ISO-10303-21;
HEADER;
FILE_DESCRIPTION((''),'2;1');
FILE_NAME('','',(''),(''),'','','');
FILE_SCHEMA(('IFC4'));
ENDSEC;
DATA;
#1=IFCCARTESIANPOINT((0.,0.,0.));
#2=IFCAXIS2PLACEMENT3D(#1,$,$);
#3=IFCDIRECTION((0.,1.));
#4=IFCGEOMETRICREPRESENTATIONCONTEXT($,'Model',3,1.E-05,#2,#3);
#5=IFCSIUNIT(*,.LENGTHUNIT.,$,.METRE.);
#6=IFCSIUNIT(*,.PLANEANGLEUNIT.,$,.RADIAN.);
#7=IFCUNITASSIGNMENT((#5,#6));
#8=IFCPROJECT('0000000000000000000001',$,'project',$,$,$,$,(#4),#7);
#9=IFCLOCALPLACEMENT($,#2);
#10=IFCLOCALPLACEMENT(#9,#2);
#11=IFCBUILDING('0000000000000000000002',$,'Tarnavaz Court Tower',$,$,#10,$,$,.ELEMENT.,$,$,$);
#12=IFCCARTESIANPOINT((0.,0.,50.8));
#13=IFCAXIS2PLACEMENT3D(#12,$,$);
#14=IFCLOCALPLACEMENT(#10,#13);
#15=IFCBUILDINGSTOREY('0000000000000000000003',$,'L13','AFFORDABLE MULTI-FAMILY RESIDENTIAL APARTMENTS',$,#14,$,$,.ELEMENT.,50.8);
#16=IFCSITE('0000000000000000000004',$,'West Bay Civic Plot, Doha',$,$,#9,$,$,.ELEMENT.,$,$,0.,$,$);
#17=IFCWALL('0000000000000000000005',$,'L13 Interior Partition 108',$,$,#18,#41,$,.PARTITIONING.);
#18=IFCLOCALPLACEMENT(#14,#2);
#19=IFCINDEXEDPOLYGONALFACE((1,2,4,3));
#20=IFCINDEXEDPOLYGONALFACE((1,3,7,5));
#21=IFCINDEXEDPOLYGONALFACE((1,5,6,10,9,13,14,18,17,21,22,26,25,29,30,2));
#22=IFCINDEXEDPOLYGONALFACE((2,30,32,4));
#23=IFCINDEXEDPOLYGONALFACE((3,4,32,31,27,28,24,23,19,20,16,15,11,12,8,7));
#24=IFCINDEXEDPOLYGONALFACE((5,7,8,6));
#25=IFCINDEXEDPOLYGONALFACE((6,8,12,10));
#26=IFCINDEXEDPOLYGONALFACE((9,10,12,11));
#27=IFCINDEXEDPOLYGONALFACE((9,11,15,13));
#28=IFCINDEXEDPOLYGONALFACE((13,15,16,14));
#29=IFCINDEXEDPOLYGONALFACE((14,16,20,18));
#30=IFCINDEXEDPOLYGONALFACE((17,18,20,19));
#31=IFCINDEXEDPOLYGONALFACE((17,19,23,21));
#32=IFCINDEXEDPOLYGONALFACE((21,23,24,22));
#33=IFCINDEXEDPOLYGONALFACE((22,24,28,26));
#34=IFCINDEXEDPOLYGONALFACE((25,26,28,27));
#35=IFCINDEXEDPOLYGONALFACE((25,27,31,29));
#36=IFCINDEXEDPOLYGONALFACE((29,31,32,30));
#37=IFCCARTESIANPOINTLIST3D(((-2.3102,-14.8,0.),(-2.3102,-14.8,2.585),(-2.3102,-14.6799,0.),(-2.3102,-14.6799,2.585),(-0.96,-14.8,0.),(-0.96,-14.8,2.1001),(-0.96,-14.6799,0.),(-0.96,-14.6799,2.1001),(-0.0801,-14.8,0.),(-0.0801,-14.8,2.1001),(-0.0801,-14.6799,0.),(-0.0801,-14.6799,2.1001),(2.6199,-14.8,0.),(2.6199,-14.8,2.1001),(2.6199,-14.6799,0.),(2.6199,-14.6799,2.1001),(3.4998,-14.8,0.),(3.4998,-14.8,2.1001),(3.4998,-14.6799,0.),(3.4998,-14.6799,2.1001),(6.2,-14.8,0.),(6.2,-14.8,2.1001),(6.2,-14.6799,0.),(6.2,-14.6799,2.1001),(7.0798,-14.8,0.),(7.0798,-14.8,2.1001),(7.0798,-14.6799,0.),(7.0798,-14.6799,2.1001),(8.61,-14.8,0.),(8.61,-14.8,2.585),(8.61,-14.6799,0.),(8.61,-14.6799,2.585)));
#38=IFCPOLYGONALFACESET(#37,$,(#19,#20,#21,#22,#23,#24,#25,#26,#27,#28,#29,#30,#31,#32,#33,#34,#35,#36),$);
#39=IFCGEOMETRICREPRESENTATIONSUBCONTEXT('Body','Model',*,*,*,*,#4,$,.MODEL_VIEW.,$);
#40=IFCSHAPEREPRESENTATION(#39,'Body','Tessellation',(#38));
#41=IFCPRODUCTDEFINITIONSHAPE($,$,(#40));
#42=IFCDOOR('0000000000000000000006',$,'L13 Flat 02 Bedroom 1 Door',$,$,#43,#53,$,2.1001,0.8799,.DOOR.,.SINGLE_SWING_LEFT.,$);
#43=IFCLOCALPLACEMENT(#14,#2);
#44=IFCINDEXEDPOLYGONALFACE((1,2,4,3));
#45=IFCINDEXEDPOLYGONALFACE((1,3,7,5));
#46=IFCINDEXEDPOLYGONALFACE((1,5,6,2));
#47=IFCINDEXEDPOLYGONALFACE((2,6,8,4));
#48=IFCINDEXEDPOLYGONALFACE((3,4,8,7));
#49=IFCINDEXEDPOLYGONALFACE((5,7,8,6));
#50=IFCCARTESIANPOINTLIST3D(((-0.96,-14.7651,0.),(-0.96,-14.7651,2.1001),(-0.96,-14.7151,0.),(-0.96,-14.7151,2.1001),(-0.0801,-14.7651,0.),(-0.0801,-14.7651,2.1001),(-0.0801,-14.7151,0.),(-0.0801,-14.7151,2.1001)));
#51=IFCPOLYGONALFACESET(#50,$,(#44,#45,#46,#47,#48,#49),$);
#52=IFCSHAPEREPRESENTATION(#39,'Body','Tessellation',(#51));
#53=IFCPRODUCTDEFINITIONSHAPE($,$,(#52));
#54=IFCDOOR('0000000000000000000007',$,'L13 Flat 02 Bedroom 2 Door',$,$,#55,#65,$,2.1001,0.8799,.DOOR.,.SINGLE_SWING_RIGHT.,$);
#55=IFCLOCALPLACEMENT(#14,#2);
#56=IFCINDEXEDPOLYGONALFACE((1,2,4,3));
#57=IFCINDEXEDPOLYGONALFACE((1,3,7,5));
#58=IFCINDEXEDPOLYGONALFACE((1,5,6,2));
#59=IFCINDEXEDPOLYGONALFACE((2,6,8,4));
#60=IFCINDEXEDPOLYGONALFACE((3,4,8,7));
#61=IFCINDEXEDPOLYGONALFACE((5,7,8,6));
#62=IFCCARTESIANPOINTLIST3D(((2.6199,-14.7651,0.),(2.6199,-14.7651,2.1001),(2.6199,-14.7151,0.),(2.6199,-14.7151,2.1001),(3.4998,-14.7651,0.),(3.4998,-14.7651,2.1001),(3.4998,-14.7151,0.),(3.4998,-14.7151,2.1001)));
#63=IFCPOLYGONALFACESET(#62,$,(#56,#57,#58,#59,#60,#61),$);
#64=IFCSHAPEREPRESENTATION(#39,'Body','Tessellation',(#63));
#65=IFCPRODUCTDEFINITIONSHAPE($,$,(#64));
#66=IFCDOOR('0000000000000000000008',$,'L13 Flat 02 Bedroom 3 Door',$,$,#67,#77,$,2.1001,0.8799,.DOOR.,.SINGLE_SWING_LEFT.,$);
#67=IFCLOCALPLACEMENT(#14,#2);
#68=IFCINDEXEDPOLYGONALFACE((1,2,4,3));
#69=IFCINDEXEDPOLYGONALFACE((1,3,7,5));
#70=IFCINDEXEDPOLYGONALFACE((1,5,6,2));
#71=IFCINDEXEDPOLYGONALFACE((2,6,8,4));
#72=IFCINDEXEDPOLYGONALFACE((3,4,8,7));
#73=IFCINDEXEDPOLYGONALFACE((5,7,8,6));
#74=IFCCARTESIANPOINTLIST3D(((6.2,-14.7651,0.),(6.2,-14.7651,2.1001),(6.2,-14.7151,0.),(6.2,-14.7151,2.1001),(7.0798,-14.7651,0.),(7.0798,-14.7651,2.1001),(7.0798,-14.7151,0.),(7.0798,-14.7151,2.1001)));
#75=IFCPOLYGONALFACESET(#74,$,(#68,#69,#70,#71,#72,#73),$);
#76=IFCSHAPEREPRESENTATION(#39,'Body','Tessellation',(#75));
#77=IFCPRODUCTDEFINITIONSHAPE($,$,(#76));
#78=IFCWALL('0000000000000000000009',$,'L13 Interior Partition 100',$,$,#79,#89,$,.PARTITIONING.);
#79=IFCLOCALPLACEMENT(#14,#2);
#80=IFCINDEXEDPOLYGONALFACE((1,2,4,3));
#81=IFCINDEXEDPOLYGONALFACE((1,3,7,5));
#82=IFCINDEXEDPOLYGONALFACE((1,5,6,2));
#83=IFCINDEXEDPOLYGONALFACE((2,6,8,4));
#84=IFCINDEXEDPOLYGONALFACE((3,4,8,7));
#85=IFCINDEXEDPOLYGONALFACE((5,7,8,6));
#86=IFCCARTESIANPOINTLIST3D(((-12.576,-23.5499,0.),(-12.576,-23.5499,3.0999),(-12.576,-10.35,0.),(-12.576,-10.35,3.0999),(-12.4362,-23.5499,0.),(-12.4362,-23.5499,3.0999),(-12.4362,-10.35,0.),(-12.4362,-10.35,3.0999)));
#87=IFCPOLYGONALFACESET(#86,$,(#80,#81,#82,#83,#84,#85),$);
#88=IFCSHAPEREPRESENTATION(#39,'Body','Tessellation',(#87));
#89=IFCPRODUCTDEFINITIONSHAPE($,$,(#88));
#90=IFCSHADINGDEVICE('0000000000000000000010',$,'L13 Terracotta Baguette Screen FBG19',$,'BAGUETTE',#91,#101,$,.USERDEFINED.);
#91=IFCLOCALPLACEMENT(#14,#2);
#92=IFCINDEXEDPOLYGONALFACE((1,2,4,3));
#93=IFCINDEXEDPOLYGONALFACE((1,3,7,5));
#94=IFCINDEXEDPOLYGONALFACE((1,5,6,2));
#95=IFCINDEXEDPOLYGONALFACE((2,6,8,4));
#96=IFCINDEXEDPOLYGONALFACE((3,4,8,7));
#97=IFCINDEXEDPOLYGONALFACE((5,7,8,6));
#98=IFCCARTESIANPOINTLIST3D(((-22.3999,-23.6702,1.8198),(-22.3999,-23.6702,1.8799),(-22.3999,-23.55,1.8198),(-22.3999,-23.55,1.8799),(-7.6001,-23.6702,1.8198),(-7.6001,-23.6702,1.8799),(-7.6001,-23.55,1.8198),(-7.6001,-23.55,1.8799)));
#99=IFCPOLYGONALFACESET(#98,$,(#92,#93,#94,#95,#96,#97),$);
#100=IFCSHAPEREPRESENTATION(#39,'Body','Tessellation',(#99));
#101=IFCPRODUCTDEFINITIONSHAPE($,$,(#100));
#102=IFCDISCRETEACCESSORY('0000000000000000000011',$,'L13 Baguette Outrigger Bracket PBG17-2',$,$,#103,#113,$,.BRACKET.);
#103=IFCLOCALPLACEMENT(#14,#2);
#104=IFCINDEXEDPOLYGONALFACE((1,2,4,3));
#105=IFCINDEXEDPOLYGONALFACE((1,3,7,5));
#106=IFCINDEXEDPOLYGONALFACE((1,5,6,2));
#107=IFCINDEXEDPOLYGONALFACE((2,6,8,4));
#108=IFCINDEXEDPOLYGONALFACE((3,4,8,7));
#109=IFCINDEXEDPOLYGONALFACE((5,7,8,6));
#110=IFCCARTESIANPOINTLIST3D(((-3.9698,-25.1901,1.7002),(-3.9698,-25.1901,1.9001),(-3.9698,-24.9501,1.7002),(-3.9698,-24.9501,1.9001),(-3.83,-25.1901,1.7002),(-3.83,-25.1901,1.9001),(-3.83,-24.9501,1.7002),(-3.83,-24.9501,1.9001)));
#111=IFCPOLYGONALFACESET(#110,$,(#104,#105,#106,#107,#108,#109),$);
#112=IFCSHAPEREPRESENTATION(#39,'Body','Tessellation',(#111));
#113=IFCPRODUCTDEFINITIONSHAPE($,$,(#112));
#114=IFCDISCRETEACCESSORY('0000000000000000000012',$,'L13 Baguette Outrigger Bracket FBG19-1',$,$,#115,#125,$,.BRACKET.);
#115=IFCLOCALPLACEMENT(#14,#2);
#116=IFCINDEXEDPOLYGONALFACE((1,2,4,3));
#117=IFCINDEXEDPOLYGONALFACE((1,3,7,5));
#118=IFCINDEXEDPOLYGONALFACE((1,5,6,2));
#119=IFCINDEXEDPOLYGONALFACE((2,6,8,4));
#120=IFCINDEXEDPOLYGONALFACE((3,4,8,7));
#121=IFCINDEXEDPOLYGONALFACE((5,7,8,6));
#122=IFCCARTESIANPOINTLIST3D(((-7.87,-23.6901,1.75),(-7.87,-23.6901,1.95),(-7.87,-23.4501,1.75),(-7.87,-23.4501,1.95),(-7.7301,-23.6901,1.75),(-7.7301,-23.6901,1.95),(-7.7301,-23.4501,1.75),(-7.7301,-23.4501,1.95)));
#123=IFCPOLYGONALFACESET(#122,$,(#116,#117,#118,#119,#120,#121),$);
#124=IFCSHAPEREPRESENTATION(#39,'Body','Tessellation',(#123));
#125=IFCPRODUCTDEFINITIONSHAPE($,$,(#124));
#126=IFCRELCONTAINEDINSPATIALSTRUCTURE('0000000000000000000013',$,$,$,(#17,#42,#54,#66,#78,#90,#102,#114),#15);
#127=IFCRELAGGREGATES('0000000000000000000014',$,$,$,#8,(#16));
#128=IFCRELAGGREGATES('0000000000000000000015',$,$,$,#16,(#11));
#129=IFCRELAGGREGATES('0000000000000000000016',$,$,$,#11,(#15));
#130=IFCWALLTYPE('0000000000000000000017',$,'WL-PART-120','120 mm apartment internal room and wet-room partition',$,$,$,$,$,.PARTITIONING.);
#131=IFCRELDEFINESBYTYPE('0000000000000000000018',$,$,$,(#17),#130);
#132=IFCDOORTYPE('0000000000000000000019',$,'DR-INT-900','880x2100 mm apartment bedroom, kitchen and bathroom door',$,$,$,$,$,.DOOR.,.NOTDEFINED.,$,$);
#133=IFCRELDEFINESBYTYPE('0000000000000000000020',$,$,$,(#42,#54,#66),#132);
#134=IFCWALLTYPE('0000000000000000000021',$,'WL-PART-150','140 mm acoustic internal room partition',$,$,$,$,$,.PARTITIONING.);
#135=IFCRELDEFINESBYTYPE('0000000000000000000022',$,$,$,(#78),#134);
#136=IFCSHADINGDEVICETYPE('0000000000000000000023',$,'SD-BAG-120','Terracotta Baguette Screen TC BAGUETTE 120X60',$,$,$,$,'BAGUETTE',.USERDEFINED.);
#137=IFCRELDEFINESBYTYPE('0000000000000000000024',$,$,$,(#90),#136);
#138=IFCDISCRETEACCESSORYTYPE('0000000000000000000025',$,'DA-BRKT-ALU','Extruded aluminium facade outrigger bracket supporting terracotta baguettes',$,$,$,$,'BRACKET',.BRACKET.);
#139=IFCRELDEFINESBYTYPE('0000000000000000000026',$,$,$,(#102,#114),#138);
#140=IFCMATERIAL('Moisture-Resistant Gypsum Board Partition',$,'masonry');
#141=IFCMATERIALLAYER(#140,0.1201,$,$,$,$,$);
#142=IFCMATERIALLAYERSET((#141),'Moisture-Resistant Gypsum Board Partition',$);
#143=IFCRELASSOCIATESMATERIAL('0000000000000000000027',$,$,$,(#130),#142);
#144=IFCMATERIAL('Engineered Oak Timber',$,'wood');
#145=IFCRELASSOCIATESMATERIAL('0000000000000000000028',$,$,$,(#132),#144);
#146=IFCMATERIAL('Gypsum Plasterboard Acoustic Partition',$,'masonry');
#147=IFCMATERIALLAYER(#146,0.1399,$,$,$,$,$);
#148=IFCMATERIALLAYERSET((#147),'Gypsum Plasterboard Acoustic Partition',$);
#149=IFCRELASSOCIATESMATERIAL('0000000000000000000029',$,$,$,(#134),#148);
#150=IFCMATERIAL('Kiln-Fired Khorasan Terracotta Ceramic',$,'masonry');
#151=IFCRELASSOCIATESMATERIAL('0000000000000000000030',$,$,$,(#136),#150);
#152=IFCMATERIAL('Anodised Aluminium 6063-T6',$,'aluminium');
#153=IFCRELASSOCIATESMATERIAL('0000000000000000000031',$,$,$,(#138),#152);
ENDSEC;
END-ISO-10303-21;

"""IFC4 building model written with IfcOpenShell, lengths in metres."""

from ifc_helpers import new_model, si_unit, direction, frame, frame_2d, origin, origin_2d, place, context, subcontext, project, spatial, rectangle, extrude, material, layer, layer_set, material_profile, profile_set, type_object, element, fill, save


model = new_model("IFC4")

# Units and contexts
model_context = context("Model", 3, precision=1e-05, world=origin(), true_north=direction((0.0, 1.0)))
body_context = subcontext(model_context, "Body", "Model", "MODEL_VIEW")
ifc_project = project(units=[si_unit("LENGTHUNIT", "METRE"), si_unit("PLANEANGLEUNIT", "RADIAN")], contexts=[model_context])

# Site, building, storey
site_placement = place(None, origin())
site = spatial("IfcSite", under=ifc_project, at=site_placement, Name="West Bay Civic Plot, Doha", CompositionType="ELEMENT", RefElevation=0.0)
building_placement = place(site_placement, origin())
building = spatial("IfcBuilding", under=site, at=building_placement, Name="Tarnavaz Court Tower", CompositionType="ELEMENT")
storey_placement = place(building_placement, frame((0.0, 0.0, 50.8)))
storey = spatial("IfcBuildingStorey", under=building, at=storey_placement, Name="L13", Description="AFFORDABLE MULTI-FAMILY RESIDENTIAL APARTMENTS", CompositionType="ELEMENT", Elevation=50.8)

# Shared definitions
ifc_material_1 = material(Name="Anodised Aluminium 6063-T6", Category="aluminium")

# Wall, openings, doors
ifc_material_2 = material(Name="Moisture-Resistant Gypsum Board Partition", Category="masonry")
ifc_layer_1 = layer(ifc_material_2, 0.1201)
ifc_layer_set_1 = layer_set([ifc_layer_1], Name="Moisture-Resistant Gypsum Board Partition")
wall_type_1 = type_object("IfcWallType", Name="WL-PART-120", Description="120 mm apartment internal room and wet-room partition", PredefinedType="PARTITIONING", material=ifc_layer_set_1)
wall_1_placement = place(storey_placement, frame((-2.3101, -14.74, 0.0), z_axis=(0.0, 0.0, 1.0), x_axis=(1.0, 0.0, 0.0)))
wall_1 = element("IfcWall", 1, at=wall_1_placement, inside=storey, type_object=wall_type_1, Name="L13 Interior Partition 108", PredefinedType="PARTITIONING", context=body_context, shape_type="SweptSolid", body=[
    extrude(rectangle(XDim=10.9202, YDim=0.1201, at=frame_2d((5.46, 0.0))), origin(), (0.0, 0.0, 1.0), 2.585),
])
opening_1_placement = place(wall_1_placement, frame((1.3501, 0.0, 0.0)))
opening_1 = element("IfcOpeningElement", 2, at=opening_1_placement, cuts=wall_1, PredefinedType="OPENING", context=body_context, shape_type="SweptSolid", body=[
    extrude(rectangle(XDim=0.8799, YDim=2.1001, at=frame_2d((0.4399, 1.05))), frame((0.0, 0.0701, 0.0), z_axis=(0.0, -1.0, 0.0), x_axis=(1.0, 0.0, 0.0)), (0.0, 0.0, 1.0), 0.1401),
])
opening_2_placement = place(wall_1_placement, frame((4.9299, 0.0, 0.0)))
opening_2 = element("IfcOpeningElement", 3, at=opening_2_placement, cuts=wall_1, PredefinedType="OPENING", context=body_context, shape_type="SweptSolid", body=[
    extrude(rectangle(XDim=0.8799, YDim=2.1001, at=frame_2d((0.4399, 1.05))), frame((0.0, 0.0701, 0.0), z_axis=(0.0, -1.0, 0.0), x_axis=(1.0, 0.0, 0.0)), (0.0, 0.0, 1.0), 0.1401),
])
opening_3_placement = place(wall_1_placement, frame((8.51, 0.0, 0.0)))
opening_3 = element("IfcOpeningElement", 4, at=opening_3_placement, cuts=wall_1, PredefinedType="OPENING", context=body_context, shape_type="SweptSolid", body=[
    extrude(rectangle(XDim=0.8799, YDim=2.1001, at=frame_2d((0.4399, 1.05))), frame((0.0, 0.0701, 0.0), z_axis=(0.0, -1.0, 0.0), x_axis=(1.0, 0.0, 0.0)), (0.0, 0.0, 1.0), 0.1401),
])
ifc_material_3 = material(Name="Engineered Oak Timber", Category="wood")
door_type = type_object("IfcDoorType", Name="DR-INT-900", Description="880x2100 mm apartment bedroom, kitchen and bathroom door", OperationType="NOTDEFINED", PredefinedType="DOOR", material=ifc_material_3)
door_1_placement = place(opening_1_placement, origin())
door_1 = element("IfcDoor", 5, at=door_1_placement, inside=storey, type_object=door_type, Name="L13 Flat 02 Bedroom 1 Door", OperationType="SINGLE_SWING_LEFT", OverallHeight=2.1001, OverallWidth=0.8799, PredefinedType="DOOR", context=body_context, shape_type="SweptSolid", body=[
    extrude(rectangle(XDim=0.8799, YDim=2.1001, at=frame_2d((0.4399, 1.05))), frame((0.0, 0.0249, 0.0), z_axis=(0.0, -1.0, 0.0), x_axis=(1.0, 0.0, 0.0)), (0.0, 0.0, 1.0), 0.05),
])
fill(opening_1, door_1)
door_2_placement = place(opening_2_placement, origin())
door_2 = element("IfcDoor", 6, at=door_2_placement, inside=storey, type_object=door_type, Name="L13 Flat 02 Bedroom 2 Door", OperationType="SINGLE_SWING_RIGHT", OverallHeight=2.1001, OverallWidth=0.8799, PredefinedType="DOOR", context=body_context, shape_type="SweptSolid", body=[
    extrude(rectangle(XDim=0.8799, YDim=2.1001, at=frame_2d((0.4399, 1.05))), frame((0.0, 0.0249, 0.0), z_axis=(0.0, -1.0, 0.0), x_axis=(1.0, 0.0, 0.0)), (0.0, 0.0, 1.0), 0.05),
])
fill(opening_2, door_2)
door_3_placement = place(opening_3_placement, origin())
door_3 = element("IfcDoor", 7, at=door_3_placement, inside=storey, type_object=door_type, Name="L13 Flat 02 Bedroom 3 Door", OperationType="SINGLE_SWING_LEFT", OverallHeight=2.1001, OverallWidth=0.8799, PredefinedType="DOOR", context=body_context, shape_type="SweptSolid", body=[
    extrude(rectangle(XDim=0.8799, YDim=2.1001, at=frame_2d((0.4399, 1.05))), frame((0.0, 0.0249, 0.0), z_axis=(0.0, -1.0, 0.0), x_axis=(1.0, 0.0, 0.0)), (0.0, 0.0, 1.0), 0.05),
])
fill(opening_3, door_3)

# Wall
ifc_material_4 = material(Name="Gypsum Plasterboard Acoustic Partition", Category="masonry")
ifc_layer_2 = layer(ifc_material_4, 0.1399)
ifc_layer_set_2 = layer_set([ifc_layer_2], Name="Gypsum Plasterboard Acoustic Partition")
wall_type_2 = type_object("IfcWallType", Name="WL-PART-150", Description="140 mm acoustic internal room partition", PredefinedType="PARTITIONING", material=ifc_layer_set_2)
wall_2_placement = place(storey_placement, frame((-12.5061, -23.55, 0.0), z_axis=(0.0, 0.0, 1.0), x_axis=(0.0, 1.0, 0.0)))
element("IfcWall", 8, at=wall_2_placement, inside=storey, type_object=wall_type_2, Name="L13 Interior Partition 100", PredefinedType="PARTITIONING", context=body_context, shape_type="SweptSolid", body=[
    extrude(rectangle(XDim=13.2, YDim=0.1399, at=frame_2d((6.6001, 0.0))), origin(), (0.0, 0.0, 1.0), 3.0999),
])

# Shading device
ifc_material_5 = material(Name="Kiln-Fired Khorasan Terracotta Ceramic", Category="masonry")
ifc_material_profile_1 = material_profile(ifc_material_5, rectangle(XDim=0.1201, YDim=0.0601, at=origin_2d()), Name="TC BAGUETTE 120X60")
ifc_profile_set_1 = profile_set([ifc_material_profile_1], Name="Kiln-Fired Khorasan Terracotta Ceramic")
shading_device_type = type_object("IfcShadingDeviceType", Name="SD-BAG-120", Description="Terracotta Baguette Screen TC BAGUETTE 120X60", ElementType="BAGUETTE", PredefinedType="USERDEFINED", material=ifc_profile_set_1)
shading_device_placement = place(storey_placement, frame((-7.6001, -23.6101, 1.8499), z_axis=(-1.0, 0.0, 0.0), x_axis=(0.0, -1.0, 0.0)))
element("IfcShadingDevice", 9, at=shading_device_placement, inside=storey, type_object=shading_device_type, Name="L13 Terracotta Baguette Screen FBG19", ObjectType="BAGUETTE", PredefinedType="USERDEFINED", context=body_context, shape_type="SweptSolid", body=[
    extrude(rectangle(XDim=0.1201, YDim=0.0601, at=origin_2d()), origin(), (0.0, 0.0, 1.0), 14.7998),
])

# Discrete accessories
discrete_accessory_type = type_object("IfcDiscreteAccessoryType", Name="DA-BRKT-ALU", Description="Extruded aluminium facade outrigger bracket supporting terracotta baguettes", ElementType="BRACKET", PredefinedType="BRACKET", material=ifc_material_1)
for number, where, z_axis, x_axis, name in (
    (10, (-3.8999, -25.0701, 1.7002), (0.0, 0.0, 1.0), (-1.0, 0.0, 0.0), "L13 Baguette Outrigger Bracket PBG17-2"),
    (11, (-7.8, -23.5701, 1.75), (0.0, 0.0, 1.0), (-1.0, 0.0, 0.0), "L13 Baguette Outrigger Bracket FBG19-1"),
):
    element("IfcDiscreteAccessory", number, at=place(storey_placement, frame(where, z_axis=z_axis, x_axis=x_axis)), inside=storey, type_object=discrete_accessory_type, Name=name, PredefinedType="BRACKET", context=body_context, shape_type="SweptSolid", body=[
        extrude(rectangle(XDim=0.1399, YDim=0.24, at=origin_2d()), origin(), (0.0, 0.0, 1.0), 0.2),
    ])

save(model, "model.ifc")
